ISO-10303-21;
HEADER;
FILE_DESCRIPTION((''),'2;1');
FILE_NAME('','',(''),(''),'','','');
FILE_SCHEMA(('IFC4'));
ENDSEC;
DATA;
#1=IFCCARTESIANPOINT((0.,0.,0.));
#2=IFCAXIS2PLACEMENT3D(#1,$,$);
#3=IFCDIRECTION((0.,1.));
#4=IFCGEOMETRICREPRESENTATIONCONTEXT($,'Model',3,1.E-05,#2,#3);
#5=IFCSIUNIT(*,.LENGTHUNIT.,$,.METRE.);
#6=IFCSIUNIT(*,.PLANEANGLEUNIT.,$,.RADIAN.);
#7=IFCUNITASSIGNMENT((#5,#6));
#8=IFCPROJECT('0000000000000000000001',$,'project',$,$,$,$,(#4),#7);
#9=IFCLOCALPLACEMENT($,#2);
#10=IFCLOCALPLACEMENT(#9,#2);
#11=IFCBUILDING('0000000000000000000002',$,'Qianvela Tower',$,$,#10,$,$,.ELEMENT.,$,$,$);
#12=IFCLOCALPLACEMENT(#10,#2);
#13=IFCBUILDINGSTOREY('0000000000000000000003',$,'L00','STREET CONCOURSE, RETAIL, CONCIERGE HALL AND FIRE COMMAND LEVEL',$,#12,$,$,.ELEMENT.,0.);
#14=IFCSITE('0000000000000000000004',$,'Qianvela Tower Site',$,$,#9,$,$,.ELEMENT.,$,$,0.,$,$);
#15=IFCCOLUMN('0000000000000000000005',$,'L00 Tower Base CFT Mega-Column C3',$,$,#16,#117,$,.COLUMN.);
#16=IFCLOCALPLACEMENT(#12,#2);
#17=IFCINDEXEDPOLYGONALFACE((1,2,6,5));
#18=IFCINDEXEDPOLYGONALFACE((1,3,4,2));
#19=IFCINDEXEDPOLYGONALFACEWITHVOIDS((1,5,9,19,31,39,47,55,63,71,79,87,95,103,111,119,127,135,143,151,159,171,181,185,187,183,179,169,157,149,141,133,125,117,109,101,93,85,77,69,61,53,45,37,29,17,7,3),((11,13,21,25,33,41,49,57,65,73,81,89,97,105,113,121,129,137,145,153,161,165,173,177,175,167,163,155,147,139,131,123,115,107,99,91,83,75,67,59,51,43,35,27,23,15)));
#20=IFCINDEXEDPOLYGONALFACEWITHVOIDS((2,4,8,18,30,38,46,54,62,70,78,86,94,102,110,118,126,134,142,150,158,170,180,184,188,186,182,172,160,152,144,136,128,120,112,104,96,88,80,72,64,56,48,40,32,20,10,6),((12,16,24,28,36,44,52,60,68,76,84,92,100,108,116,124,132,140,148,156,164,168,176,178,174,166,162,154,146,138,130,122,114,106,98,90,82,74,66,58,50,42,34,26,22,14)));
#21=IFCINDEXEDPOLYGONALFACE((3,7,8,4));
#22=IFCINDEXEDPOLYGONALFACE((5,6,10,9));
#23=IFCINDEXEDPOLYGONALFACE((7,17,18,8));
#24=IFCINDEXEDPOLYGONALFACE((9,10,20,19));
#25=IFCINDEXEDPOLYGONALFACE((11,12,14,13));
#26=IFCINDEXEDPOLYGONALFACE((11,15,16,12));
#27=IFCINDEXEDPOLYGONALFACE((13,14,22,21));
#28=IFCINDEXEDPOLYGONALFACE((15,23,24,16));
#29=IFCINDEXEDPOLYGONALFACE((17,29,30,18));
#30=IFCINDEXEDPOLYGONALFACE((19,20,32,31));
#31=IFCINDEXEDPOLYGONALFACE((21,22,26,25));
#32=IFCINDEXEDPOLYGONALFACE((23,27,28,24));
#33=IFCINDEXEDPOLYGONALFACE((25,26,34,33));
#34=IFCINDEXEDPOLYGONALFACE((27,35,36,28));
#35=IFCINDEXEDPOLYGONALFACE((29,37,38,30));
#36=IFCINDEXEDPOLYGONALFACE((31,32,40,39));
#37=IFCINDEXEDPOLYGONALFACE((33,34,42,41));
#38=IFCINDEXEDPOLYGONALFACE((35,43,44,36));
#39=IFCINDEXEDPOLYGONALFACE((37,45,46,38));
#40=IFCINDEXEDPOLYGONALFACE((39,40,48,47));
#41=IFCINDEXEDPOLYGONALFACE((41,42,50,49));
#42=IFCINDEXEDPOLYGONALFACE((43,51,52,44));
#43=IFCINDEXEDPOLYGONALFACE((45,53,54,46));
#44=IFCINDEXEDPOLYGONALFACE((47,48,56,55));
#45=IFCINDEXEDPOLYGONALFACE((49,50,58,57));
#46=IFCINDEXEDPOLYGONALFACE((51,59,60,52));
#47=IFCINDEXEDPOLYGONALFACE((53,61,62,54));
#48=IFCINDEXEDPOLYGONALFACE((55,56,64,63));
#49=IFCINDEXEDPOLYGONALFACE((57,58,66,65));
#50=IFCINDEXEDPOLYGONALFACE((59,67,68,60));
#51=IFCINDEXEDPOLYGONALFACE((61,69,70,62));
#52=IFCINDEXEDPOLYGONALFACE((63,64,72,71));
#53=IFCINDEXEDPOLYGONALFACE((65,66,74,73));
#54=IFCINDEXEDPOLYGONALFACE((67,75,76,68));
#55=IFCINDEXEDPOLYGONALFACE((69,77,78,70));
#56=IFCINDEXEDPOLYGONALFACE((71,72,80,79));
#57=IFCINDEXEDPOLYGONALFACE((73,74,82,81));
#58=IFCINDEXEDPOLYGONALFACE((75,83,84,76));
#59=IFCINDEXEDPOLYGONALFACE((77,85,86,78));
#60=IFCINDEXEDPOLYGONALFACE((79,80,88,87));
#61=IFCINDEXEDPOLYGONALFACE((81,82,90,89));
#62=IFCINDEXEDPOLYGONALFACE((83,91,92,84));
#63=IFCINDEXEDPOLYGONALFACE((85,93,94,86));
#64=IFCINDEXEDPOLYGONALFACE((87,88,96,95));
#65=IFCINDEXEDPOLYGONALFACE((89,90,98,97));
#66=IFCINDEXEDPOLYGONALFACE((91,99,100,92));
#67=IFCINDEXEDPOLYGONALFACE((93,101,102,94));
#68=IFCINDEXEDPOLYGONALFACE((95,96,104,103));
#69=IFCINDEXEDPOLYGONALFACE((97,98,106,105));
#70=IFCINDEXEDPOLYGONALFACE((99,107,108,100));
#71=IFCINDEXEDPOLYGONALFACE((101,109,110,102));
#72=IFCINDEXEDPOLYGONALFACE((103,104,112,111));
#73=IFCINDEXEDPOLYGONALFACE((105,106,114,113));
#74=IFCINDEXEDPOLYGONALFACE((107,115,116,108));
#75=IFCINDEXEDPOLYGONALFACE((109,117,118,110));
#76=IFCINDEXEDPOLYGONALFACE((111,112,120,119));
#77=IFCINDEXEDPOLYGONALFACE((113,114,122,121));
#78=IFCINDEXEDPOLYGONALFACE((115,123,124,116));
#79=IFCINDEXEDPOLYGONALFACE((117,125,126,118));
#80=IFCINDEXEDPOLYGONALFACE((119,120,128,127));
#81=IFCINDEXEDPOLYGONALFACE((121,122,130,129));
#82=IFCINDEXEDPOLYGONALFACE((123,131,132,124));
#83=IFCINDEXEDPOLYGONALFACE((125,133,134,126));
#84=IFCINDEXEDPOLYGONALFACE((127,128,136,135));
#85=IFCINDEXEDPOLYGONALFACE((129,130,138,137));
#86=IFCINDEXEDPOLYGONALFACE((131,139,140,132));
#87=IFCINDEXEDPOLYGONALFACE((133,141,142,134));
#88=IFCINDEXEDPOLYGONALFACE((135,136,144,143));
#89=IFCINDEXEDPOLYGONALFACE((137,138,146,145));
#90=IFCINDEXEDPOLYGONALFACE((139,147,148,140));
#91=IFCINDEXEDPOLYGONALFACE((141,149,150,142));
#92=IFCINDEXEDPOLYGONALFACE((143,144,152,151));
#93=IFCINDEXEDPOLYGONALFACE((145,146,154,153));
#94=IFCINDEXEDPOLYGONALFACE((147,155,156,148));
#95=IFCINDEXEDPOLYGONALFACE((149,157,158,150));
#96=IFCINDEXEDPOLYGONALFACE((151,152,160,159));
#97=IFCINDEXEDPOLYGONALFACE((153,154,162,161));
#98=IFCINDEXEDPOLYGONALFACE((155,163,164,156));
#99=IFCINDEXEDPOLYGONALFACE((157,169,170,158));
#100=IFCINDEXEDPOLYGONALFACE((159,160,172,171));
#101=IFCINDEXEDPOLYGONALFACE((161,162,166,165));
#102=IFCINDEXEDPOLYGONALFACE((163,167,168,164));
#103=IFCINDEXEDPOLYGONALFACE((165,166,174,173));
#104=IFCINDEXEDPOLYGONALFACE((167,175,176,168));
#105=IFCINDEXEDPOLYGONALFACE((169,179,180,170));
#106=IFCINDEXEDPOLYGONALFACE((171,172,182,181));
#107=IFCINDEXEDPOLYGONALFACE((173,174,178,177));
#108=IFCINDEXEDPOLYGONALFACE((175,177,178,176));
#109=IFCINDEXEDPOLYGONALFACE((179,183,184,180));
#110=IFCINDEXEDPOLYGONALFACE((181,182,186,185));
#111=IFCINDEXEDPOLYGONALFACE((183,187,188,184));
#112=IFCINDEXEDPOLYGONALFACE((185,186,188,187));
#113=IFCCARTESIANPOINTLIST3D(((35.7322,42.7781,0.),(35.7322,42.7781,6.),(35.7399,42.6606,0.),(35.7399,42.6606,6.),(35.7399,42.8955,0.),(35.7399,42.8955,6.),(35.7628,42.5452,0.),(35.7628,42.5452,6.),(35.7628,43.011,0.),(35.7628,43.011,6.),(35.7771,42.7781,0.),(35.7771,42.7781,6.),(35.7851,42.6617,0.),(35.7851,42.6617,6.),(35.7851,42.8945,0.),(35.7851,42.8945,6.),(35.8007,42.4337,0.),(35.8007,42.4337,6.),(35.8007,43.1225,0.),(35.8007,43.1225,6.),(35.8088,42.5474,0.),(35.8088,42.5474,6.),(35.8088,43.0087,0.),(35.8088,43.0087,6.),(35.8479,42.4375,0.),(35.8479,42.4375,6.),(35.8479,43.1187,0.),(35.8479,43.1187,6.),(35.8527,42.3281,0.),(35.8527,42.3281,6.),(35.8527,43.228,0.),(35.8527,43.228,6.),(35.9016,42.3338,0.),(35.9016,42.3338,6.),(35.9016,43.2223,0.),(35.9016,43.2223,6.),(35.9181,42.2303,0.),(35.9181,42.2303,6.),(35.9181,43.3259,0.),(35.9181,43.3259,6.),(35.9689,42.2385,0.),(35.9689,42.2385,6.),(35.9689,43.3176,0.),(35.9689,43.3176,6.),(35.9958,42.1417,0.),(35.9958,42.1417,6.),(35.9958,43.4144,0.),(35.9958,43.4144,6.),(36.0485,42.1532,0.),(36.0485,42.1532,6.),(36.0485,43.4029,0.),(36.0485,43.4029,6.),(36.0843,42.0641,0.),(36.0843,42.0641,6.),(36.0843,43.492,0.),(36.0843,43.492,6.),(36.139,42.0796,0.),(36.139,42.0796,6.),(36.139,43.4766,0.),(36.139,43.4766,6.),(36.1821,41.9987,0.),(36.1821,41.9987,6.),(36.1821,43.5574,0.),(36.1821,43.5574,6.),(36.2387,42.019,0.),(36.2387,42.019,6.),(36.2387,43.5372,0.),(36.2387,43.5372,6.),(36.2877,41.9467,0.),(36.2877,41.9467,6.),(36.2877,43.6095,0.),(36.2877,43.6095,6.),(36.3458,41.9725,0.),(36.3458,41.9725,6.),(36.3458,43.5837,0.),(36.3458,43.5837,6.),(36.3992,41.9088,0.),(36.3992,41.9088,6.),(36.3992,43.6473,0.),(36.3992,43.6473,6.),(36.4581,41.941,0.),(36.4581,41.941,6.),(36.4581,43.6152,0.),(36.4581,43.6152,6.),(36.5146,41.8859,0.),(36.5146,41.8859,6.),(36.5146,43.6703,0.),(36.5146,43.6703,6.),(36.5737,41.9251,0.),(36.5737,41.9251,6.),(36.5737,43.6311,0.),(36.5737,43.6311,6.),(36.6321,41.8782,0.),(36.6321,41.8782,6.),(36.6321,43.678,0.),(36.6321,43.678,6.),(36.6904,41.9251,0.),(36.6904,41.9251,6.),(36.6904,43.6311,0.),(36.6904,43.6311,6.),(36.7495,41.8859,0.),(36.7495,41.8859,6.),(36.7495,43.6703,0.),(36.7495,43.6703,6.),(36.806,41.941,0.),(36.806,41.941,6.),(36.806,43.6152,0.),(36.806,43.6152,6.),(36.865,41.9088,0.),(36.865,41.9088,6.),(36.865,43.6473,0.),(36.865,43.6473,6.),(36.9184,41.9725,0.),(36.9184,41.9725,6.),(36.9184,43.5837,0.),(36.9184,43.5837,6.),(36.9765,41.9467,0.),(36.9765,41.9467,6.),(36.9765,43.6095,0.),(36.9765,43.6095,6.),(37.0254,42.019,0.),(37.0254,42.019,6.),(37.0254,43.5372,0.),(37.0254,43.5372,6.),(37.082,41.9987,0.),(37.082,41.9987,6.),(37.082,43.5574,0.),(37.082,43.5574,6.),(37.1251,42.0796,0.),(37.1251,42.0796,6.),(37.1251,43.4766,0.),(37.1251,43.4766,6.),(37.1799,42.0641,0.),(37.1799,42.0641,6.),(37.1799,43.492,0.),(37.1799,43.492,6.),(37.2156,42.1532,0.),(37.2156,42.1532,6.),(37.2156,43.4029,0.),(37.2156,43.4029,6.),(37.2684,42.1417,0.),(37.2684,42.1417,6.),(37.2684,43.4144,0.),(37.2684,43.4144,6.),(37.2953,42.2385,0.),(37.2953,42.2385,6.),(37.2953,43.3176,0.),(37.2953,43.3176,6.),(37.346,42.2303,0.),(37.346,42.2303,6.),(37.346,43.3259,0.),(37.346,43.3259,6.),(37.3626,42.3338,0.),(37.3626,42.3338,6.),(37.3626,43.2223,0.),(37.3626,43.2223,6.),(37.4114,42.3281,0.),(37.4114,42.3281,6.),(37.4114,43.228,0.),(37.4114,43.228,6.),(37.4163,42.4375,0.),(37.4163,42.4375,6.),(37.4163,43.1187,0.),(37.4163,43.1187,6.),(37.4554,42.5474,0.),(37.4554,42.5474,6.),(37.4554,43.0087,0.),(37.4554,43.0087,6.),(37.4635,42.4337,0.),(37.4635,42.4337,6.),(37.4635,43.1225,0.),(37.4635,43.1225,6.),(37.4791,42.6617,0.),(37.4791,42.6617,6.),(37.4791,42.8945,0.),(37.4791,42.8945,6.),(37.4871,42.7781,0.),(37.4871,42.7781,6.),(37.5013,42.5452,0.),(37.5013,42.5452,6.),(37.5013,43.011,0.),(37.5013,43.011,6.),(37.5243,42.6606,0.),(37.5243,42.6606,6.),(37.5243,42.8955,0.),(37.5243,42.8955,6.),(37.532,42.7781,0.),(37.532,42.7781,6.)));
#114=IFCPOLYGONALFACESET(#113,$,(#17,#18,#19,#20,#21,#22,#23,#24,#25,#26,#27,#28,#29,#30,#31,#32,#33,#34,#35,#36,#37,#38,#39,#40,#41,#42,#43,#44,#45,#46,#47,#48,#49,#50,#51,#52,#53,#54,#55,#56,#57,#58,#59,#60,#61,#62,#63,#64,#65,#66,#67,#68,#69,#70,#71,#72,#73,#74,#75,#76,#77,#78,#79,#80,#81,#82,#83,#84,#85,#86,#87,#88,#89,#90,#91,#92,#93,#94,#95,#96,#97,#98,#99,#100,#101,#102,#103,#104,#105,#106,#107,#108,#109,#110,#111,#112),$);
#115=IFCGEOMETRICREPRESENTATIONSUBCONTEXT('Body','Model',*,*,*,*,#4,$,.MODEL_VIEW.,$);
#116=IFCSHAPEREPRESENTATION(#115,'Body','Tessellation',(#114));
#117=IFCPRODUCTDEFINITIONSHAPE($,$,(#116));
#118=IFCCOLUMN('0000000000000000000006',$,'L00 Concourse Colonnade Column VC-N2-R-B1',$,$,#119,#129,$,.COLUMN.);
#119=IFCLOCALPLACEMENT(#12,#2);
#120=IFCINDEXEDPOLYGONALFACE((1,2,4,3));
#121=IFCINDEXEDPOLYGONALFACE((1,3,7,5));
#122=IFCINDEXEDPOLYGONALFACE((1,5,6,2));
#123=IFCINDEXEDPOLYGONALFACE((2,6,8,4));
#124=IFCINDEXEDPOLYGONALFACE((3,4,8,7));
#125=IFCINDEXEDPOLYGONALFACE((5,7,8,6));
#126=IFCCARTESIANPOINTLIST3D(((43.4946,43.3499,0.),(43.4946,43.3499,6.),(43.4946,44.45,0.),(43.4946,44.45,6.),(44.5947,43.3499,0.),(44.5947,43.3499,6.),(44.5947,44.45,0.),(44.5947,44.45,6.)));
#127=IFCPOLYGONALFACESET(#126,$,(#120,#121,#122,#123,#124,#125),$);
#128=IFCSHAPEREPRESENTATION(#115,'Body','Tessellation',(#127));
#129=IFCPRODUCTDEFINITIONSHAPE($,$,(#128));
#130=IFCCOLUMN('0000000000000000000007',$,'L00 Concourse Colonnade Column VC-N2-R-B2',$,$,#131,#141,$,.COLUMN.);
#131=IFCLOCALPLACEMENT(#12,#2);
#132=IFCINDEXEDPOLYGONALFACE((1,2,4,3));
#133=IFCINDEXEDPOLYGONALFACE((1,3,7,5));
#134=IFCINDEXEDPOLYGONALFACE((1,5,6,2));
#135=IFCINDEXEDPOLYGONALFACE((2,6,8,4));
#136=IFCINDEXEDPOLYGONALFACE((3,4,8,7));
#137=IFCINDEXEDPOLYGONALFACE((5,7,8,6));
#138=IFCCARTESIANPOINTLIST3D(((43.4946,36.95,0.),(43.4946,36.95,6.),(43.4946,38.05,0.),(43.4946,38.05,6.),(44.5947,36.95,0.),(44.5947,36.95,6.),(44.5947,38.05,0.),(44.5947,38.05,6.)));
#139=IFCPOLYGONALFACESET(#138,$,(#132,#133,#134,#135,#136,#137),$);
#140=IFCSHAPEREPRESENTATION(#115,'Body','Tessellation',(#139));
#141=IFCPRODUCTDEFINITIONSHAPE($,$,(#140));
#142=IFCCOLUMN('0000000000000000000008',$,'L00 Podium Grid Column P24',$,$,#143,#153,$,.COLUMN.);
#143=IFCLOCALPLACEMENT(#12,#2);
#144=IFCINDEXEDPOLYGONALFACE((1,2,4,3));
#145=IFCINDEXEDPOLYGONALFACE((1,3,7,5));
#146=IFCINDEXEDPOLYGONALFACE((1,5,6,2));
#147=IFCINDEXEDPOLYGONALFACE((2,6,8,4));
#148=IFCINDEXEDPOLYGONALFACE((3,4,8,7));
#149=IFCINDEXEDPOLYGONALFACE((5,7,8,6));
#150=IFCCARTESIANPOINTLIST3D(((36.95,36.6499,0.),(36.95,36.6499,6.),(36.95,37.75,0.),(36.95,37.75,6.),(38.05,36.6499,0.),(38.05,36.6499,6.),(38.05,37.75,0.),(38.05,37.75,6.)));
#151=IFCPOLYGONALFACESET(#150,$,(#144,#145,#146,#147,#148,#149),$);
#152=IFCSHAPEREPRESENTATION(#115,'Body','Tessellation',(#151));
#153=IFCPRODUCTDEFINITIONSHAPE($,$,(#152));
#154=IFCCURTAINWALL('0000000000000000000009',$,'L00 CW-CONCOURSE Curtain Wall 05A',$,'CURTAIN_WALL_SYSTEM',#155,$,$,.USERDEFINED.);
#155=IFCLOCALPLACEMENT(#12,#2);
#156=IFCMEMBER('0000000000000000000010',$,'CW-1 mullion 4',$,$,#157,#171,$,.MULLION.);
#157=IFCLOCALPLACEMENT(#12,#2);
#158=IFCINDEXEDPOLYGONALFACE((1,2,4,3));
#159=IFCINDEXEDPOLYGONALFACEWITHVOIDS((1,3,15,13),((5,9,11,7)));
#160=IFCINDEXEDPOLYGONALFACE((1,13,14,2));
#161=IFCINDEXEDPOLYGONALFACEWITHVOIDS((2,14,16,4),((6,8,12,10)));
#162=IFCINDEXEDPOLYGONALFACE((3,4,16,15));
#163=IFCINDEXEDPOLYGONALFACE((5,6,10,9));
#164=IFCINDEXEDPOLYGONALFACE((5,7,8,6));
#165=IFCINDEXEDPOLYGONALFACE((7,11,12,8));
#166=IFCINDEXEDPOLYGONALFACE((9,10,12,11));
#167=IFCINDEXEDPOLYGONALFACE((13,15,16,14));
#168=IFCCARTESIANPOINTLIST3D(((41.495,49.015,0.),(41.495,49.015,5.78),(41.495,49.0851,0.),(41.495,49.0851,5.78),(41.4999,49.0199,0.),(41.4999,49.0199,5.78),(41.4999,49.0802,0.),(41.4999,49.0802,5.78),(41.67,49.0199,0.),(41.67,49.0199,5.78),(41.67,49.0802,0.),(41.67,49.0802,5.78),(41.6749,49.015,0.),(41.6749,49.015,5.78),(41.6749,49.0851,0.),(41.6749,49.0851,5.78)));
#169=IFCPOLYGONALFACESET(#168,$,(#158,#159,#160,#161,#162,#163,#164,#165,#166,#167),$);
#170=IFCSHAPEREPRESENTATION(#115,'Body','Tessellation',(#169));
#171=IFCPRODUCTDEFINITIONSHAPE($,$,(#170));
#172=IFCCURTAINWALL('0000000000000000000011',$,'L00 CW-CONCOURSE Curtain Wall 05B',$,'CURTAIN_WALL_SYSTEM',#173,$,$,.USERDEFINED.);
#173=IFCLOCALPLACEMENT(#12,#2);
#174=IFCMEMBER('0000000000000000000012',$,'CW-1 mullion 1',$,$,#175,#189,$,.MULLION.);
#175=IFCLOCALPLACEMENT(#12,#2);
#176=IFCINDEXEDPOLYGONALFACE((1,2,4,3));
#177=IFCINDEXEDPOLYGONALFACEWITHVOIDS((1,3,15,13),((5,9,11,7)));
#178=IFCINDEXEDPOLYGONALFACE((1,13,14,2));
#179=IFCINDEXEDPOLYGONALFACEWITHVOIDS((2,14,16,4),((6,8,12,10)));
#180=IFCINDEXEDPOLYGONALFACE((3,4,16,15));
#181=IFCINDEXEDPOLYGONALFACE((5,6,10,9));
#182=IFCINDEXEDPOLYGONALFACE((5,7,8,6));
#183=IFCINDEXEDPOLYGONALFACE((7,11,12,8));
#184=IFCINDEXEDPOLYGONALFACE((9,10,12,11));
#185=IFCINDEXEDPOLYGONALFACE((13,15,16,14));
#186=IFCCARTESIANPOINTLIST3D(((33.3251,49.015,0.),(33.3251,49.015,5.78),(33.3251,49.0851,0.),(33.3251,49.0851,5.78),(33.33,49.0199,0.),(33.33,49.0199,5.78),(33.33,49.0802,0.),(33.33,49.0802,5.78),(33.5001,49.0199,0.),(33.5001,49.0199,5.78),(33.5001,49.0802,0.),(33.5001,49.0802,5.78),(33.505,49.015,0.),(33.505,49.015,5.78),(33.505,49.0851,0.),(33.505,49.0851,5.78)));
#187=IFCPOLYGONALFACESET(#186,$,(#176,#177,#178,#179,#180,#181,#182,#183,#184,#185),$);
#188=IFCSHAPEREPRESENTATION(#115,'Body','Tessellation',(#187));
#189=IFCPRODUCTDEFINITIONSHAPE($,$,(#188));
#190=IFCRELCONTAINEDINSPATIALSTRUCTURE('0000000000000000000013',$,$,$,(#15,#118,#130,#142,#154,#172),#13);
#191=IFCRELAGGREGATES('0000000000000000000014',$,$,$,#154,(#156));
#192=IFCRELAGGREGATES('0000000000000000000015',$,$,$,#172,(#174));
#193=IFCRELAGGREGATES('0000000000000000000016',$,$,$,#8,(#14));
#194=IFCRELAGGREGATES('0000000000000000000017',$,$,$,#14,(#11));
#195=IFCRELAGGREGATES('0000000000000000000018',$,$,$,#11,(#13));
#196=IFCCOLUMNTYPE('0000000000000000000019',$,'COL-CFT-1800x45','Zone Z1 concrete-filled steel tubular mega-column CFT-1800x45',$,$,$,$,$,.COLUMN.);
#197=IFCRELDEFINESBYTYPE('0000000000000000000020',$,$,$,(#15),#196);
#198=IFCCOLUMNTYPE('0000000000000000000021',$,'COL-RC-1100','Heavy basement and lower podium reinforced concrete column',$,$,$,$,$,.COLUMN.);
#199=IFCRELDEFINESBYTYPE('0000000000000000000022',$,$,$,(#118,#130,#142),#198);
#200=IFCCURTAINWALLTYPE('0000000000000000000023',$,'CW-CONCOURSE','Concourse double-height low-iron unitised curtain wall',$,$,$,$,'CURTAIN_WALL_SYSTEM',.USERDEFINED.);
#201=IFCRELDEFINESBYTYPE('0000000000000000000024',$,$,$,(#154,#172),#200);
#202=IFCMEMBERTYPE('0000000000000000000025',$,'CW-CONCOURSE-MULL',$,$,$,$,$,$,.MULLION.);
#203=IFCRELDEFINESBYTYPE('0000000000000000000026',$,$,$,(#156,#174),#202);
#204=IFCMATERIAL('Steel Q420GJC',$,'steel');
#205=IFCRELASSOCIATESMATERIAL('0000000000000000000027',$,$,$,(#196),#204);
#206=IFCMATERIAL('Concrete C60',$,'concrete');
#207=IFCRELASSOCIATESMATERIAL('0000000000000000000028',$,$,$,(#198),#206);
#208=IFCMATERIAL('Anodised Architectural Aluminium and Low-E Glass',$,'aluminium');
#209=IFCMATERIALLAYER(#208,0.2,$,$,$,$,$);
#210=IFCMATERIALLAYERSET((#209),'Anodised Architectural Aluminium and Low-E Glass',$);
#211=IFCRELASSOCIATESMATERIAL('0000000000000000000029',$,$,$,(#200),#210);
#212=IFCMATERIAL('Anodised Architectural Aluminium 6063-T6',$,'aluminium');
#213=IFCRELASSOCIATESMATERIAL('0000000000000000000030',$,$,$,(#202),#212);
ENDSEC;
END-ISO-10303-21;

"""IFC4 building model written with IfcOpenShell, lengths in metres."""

from ifc_helpers import new_model, si_unit, direction, frame, origin, origin_2d, place, context, subcontext, project, spatial, rectangle, hollow_rectangle, hollow_circle, extrude, material, layer, layer_set, material_profile, profile_set, type_object, element, aggregate, save


model = new_model("IFC4")

# Units and contexts
model_context = context("Model", 3, precision=1e-05, world=origin(), true_north=direction((0.0, 1.0)))
body_context = subcontext(model_context, "Body", "Model", "MODEL_VIEW")
ifc_project = project(units=[si_unit("LENGTHUNIT", "METRE"), si_unit("PLANEANGLEUNIT", "RADIAN")], contexts=[model_context])

# Site, building, storey
site_placement = place(None, origin())
site = spatial("IfcSite", under=ifc_project, at=site_placement, Name="Qianvela Tower Site", CompositionType="ELEMENT", RefElevation=0.0)
building_placement = place(site_placement, origin())
building = spatial("IfcBuilding", under=site, at=building_placement, Name="Qianvela Tower", CompositionType="ELEMENT")
storey_placement = place(building_placement, origin())
storey = spatial("IfcBuildingStorey", under=building, at=storey_placement, Name="L00", Description="STREET CONCOURSE, RETAIL, CONCIERGE HALL AND FIRE COMMAND LEVEL", CompositionType="ELEMENT", Elevation=0.0)

# Columns
ifc_material_1 = material(Name="Steel Q420GJC", Category="steel")
ifc_material_profile_1 = material_profile(ifc_material_1, hollow_circle(Radius=0.8999, WallThickness=0.0449, at=origin_2d()), Name="CFT-1800x45")
ifc_profile_set_1 = profile_set([ifc_material_profile_1], Name="Steel Q420GJC")
column_type_1 = type_object("IfcColumnType", Name="COL-CFT-1800x45", Description="Zone Z1 concrete-filled steel tubular mega-column CFT-1800x45", PredefinedType="COLUMN", material=ifc_profile_set_1)
column_placement = place(storey_placement, frame((36.6321, 42.7781, 0.0), z_axis=(0.0, 0.0, 1.0), x_axis=(1.0, 0.0, 0.0)))
element("IfcColumn", 1, at=column_placement, inside=storey, type_object=column_type_1, Name="L00 Tower Base CFT Mega-Column C3", PredefinedType="COLUMN", context=body_context, shape_type="SweptSolid", body=[
    extrude(hollow_circle(Radius=0.8999, WallThickness=0.0449, at=origin_2d()), origin(), (0.0, 0.0, 1.0), 6.0),
])
ifc_material_2 = material(Name="Concrete C60", Category="concrete")
ifc_material_profile_2 = material_profile(ifc_material_2, rectangle(XDim=1.1001, YDim=1.1001, at=origin_2d()), Name="RC-COL-1100x1100")
ifc_profile_set_2 = profile_set([ifc_material_profile_2], Name="Concrete C60")
column_type_2 = type_object("IfcColumnType", Name="COL-RC-1100", Description="Heavy basement and lower podium reinforced concrete column", PredefinedType="COLUMN", material=ifc_profile_set_2)
for number, where, z_axis, x_axis, name in (
    (2, (44.0447, 43.8999, 0.0), (0.0, 0.0, 1.0), (1.0, 0.0, 0.0), "L00 Concourse Colonnade Column VC-N2-R-B1"),
    (3, (44.0447, 37.5, 0.0), (0.0, 0.0, 1.0), (1.0, 0.0, 0.0), "L00 Concourse Colonnade Column VC-N2-R-B2"),
    (4, (37.5, 37.2, 0.0), (0.0, 0.0, 1.0), (1.0, 0.0, 0.0), "L00 Podium Grid Column P24"),
):
    element("IfcColumn", number, at=place(storey_placement, frame(where, z_axis=z_axis, x_axis=x_axis)), inside=storey, type_object=column_type_2, Name=name, PredefinedType="COLUMN", context=body_context, shape_type="SweptSolid", body=[
        extrude(rectangle(XDim=1.1001, YDim=1.1001, at=origin_2d()), origin(), (0.0, 0.0, 1.0), 6.0),
    ])

# Curtain wall, member
ifc_material_3 = material(Name="Anodised Architectural Aluminium and Low-E Glass", Category="aluminium")
ifc_layer_1 = layer(ifc_material_3, 0.2)
ifc_layer_set_1 = layer_set([ifc_layer_1], Name="Anodised Architectural Aluminium and Low-E Glass")
curtain_wall_type = type_object("IfcCurtainWallType", Name="CW-CONCOURSE", Description="Concourse double-height low-iron unitised curtain wall", ElementType="CURTAIN_WALL_SYSTEM", PredefinedType="USERDEFINED", material=ifc_layer_set_1)
curtain_wall_1_placement = place(storey_placement, origin())
curtain_wall_1 = element("IfcCurtainWall", 5, at=curtain_wall_1_placement, inside=storey, type_object=curtain_wall_type, Name="L00 CW-CONCOURSE Curtain Wall 05A", ObjectType="CURTAIN_WALL_SYSTEM", PredefinedType="USERDEFINED")
ifc_material_4 = material(Name="Anodised Architectural Aluminium 6063-T6", Category="aluminium")
ifc_material_profile_3 = material_profile(ifc_material_4, hollow_rectangle(XDim=0.0701, YDim=0.1799, WallThickness=0.0049, at=origin_2d()), Name="ALU-MULL-70x180")
ifc_profile_set_3 = profile_set([ifc_material_profile_3], Name="Anodised Architectural Aluminium 6063-T6")
member_type_1 = type_object("IfcMemberType", Name="CW-CONCOURSE-MULL", PredefinedType="MULLION", material=ifc_profile_set_3)
member_1_placement = place(storey_placement, frame((41.585, 49.05, 0.0), z_axis=(0.0, 0.0, 1.0), x_axis=(0.0, -1.0, 0.0)))
member_1 = element("IfcMember", 6, at=member_1_placement, type_object=member_type_1, Name="CW-1 mullion 4", PredefinedType="MULLION", context=body_context, shape_type="SweptSolid", body=[
    extrude(hollow_rectangle(XDim=0.0701, YDim=0.1799, WallThickness=0.0049, at=origin_2d()), origin(), (0.0, 0.0, 1.0), 5.78),
])
aggregate(curtain_wall_1, [member_1])

# Curtain wall, member
curtain_wall_2_placement = place(storey_placement, origin())
curtain_wall_2 = element("IfcCurtainWall", 7, at=curtain_wall_2_placement, inside=storey, type_object=curtain_wall_type, Name="L00 CW-CONCOURSE Curtain Wall 05B", ObjectType="CURTAIN_WALL_SYSTEM", PredefinedType="USERDEFINED")
member_2_placement = place(storey_placement, frame((33.415, 49.05, 0.0), z_axis=(0.0, 0.0, 1.0), x_axis=(0.0, -1.0, 0.0)))
member_2 = element("IfcMember", 8, at=member_2_placement, type_object=member_type_1, Name="CW-1 mullion 1", PredefinedType="MULLION", context=body_context, shape_type="SweptSolid", body=[
    extrude(hollow_rectangle(XDim=0.0701, YDim=0.1799, WallThickness=0.0049, at=origin_2d()), origin(), (0.0, 0.0, 1.0), 5.78),
])
aggregate(curtain_wall_2, [member_2])

save(model, "model.ifc")
